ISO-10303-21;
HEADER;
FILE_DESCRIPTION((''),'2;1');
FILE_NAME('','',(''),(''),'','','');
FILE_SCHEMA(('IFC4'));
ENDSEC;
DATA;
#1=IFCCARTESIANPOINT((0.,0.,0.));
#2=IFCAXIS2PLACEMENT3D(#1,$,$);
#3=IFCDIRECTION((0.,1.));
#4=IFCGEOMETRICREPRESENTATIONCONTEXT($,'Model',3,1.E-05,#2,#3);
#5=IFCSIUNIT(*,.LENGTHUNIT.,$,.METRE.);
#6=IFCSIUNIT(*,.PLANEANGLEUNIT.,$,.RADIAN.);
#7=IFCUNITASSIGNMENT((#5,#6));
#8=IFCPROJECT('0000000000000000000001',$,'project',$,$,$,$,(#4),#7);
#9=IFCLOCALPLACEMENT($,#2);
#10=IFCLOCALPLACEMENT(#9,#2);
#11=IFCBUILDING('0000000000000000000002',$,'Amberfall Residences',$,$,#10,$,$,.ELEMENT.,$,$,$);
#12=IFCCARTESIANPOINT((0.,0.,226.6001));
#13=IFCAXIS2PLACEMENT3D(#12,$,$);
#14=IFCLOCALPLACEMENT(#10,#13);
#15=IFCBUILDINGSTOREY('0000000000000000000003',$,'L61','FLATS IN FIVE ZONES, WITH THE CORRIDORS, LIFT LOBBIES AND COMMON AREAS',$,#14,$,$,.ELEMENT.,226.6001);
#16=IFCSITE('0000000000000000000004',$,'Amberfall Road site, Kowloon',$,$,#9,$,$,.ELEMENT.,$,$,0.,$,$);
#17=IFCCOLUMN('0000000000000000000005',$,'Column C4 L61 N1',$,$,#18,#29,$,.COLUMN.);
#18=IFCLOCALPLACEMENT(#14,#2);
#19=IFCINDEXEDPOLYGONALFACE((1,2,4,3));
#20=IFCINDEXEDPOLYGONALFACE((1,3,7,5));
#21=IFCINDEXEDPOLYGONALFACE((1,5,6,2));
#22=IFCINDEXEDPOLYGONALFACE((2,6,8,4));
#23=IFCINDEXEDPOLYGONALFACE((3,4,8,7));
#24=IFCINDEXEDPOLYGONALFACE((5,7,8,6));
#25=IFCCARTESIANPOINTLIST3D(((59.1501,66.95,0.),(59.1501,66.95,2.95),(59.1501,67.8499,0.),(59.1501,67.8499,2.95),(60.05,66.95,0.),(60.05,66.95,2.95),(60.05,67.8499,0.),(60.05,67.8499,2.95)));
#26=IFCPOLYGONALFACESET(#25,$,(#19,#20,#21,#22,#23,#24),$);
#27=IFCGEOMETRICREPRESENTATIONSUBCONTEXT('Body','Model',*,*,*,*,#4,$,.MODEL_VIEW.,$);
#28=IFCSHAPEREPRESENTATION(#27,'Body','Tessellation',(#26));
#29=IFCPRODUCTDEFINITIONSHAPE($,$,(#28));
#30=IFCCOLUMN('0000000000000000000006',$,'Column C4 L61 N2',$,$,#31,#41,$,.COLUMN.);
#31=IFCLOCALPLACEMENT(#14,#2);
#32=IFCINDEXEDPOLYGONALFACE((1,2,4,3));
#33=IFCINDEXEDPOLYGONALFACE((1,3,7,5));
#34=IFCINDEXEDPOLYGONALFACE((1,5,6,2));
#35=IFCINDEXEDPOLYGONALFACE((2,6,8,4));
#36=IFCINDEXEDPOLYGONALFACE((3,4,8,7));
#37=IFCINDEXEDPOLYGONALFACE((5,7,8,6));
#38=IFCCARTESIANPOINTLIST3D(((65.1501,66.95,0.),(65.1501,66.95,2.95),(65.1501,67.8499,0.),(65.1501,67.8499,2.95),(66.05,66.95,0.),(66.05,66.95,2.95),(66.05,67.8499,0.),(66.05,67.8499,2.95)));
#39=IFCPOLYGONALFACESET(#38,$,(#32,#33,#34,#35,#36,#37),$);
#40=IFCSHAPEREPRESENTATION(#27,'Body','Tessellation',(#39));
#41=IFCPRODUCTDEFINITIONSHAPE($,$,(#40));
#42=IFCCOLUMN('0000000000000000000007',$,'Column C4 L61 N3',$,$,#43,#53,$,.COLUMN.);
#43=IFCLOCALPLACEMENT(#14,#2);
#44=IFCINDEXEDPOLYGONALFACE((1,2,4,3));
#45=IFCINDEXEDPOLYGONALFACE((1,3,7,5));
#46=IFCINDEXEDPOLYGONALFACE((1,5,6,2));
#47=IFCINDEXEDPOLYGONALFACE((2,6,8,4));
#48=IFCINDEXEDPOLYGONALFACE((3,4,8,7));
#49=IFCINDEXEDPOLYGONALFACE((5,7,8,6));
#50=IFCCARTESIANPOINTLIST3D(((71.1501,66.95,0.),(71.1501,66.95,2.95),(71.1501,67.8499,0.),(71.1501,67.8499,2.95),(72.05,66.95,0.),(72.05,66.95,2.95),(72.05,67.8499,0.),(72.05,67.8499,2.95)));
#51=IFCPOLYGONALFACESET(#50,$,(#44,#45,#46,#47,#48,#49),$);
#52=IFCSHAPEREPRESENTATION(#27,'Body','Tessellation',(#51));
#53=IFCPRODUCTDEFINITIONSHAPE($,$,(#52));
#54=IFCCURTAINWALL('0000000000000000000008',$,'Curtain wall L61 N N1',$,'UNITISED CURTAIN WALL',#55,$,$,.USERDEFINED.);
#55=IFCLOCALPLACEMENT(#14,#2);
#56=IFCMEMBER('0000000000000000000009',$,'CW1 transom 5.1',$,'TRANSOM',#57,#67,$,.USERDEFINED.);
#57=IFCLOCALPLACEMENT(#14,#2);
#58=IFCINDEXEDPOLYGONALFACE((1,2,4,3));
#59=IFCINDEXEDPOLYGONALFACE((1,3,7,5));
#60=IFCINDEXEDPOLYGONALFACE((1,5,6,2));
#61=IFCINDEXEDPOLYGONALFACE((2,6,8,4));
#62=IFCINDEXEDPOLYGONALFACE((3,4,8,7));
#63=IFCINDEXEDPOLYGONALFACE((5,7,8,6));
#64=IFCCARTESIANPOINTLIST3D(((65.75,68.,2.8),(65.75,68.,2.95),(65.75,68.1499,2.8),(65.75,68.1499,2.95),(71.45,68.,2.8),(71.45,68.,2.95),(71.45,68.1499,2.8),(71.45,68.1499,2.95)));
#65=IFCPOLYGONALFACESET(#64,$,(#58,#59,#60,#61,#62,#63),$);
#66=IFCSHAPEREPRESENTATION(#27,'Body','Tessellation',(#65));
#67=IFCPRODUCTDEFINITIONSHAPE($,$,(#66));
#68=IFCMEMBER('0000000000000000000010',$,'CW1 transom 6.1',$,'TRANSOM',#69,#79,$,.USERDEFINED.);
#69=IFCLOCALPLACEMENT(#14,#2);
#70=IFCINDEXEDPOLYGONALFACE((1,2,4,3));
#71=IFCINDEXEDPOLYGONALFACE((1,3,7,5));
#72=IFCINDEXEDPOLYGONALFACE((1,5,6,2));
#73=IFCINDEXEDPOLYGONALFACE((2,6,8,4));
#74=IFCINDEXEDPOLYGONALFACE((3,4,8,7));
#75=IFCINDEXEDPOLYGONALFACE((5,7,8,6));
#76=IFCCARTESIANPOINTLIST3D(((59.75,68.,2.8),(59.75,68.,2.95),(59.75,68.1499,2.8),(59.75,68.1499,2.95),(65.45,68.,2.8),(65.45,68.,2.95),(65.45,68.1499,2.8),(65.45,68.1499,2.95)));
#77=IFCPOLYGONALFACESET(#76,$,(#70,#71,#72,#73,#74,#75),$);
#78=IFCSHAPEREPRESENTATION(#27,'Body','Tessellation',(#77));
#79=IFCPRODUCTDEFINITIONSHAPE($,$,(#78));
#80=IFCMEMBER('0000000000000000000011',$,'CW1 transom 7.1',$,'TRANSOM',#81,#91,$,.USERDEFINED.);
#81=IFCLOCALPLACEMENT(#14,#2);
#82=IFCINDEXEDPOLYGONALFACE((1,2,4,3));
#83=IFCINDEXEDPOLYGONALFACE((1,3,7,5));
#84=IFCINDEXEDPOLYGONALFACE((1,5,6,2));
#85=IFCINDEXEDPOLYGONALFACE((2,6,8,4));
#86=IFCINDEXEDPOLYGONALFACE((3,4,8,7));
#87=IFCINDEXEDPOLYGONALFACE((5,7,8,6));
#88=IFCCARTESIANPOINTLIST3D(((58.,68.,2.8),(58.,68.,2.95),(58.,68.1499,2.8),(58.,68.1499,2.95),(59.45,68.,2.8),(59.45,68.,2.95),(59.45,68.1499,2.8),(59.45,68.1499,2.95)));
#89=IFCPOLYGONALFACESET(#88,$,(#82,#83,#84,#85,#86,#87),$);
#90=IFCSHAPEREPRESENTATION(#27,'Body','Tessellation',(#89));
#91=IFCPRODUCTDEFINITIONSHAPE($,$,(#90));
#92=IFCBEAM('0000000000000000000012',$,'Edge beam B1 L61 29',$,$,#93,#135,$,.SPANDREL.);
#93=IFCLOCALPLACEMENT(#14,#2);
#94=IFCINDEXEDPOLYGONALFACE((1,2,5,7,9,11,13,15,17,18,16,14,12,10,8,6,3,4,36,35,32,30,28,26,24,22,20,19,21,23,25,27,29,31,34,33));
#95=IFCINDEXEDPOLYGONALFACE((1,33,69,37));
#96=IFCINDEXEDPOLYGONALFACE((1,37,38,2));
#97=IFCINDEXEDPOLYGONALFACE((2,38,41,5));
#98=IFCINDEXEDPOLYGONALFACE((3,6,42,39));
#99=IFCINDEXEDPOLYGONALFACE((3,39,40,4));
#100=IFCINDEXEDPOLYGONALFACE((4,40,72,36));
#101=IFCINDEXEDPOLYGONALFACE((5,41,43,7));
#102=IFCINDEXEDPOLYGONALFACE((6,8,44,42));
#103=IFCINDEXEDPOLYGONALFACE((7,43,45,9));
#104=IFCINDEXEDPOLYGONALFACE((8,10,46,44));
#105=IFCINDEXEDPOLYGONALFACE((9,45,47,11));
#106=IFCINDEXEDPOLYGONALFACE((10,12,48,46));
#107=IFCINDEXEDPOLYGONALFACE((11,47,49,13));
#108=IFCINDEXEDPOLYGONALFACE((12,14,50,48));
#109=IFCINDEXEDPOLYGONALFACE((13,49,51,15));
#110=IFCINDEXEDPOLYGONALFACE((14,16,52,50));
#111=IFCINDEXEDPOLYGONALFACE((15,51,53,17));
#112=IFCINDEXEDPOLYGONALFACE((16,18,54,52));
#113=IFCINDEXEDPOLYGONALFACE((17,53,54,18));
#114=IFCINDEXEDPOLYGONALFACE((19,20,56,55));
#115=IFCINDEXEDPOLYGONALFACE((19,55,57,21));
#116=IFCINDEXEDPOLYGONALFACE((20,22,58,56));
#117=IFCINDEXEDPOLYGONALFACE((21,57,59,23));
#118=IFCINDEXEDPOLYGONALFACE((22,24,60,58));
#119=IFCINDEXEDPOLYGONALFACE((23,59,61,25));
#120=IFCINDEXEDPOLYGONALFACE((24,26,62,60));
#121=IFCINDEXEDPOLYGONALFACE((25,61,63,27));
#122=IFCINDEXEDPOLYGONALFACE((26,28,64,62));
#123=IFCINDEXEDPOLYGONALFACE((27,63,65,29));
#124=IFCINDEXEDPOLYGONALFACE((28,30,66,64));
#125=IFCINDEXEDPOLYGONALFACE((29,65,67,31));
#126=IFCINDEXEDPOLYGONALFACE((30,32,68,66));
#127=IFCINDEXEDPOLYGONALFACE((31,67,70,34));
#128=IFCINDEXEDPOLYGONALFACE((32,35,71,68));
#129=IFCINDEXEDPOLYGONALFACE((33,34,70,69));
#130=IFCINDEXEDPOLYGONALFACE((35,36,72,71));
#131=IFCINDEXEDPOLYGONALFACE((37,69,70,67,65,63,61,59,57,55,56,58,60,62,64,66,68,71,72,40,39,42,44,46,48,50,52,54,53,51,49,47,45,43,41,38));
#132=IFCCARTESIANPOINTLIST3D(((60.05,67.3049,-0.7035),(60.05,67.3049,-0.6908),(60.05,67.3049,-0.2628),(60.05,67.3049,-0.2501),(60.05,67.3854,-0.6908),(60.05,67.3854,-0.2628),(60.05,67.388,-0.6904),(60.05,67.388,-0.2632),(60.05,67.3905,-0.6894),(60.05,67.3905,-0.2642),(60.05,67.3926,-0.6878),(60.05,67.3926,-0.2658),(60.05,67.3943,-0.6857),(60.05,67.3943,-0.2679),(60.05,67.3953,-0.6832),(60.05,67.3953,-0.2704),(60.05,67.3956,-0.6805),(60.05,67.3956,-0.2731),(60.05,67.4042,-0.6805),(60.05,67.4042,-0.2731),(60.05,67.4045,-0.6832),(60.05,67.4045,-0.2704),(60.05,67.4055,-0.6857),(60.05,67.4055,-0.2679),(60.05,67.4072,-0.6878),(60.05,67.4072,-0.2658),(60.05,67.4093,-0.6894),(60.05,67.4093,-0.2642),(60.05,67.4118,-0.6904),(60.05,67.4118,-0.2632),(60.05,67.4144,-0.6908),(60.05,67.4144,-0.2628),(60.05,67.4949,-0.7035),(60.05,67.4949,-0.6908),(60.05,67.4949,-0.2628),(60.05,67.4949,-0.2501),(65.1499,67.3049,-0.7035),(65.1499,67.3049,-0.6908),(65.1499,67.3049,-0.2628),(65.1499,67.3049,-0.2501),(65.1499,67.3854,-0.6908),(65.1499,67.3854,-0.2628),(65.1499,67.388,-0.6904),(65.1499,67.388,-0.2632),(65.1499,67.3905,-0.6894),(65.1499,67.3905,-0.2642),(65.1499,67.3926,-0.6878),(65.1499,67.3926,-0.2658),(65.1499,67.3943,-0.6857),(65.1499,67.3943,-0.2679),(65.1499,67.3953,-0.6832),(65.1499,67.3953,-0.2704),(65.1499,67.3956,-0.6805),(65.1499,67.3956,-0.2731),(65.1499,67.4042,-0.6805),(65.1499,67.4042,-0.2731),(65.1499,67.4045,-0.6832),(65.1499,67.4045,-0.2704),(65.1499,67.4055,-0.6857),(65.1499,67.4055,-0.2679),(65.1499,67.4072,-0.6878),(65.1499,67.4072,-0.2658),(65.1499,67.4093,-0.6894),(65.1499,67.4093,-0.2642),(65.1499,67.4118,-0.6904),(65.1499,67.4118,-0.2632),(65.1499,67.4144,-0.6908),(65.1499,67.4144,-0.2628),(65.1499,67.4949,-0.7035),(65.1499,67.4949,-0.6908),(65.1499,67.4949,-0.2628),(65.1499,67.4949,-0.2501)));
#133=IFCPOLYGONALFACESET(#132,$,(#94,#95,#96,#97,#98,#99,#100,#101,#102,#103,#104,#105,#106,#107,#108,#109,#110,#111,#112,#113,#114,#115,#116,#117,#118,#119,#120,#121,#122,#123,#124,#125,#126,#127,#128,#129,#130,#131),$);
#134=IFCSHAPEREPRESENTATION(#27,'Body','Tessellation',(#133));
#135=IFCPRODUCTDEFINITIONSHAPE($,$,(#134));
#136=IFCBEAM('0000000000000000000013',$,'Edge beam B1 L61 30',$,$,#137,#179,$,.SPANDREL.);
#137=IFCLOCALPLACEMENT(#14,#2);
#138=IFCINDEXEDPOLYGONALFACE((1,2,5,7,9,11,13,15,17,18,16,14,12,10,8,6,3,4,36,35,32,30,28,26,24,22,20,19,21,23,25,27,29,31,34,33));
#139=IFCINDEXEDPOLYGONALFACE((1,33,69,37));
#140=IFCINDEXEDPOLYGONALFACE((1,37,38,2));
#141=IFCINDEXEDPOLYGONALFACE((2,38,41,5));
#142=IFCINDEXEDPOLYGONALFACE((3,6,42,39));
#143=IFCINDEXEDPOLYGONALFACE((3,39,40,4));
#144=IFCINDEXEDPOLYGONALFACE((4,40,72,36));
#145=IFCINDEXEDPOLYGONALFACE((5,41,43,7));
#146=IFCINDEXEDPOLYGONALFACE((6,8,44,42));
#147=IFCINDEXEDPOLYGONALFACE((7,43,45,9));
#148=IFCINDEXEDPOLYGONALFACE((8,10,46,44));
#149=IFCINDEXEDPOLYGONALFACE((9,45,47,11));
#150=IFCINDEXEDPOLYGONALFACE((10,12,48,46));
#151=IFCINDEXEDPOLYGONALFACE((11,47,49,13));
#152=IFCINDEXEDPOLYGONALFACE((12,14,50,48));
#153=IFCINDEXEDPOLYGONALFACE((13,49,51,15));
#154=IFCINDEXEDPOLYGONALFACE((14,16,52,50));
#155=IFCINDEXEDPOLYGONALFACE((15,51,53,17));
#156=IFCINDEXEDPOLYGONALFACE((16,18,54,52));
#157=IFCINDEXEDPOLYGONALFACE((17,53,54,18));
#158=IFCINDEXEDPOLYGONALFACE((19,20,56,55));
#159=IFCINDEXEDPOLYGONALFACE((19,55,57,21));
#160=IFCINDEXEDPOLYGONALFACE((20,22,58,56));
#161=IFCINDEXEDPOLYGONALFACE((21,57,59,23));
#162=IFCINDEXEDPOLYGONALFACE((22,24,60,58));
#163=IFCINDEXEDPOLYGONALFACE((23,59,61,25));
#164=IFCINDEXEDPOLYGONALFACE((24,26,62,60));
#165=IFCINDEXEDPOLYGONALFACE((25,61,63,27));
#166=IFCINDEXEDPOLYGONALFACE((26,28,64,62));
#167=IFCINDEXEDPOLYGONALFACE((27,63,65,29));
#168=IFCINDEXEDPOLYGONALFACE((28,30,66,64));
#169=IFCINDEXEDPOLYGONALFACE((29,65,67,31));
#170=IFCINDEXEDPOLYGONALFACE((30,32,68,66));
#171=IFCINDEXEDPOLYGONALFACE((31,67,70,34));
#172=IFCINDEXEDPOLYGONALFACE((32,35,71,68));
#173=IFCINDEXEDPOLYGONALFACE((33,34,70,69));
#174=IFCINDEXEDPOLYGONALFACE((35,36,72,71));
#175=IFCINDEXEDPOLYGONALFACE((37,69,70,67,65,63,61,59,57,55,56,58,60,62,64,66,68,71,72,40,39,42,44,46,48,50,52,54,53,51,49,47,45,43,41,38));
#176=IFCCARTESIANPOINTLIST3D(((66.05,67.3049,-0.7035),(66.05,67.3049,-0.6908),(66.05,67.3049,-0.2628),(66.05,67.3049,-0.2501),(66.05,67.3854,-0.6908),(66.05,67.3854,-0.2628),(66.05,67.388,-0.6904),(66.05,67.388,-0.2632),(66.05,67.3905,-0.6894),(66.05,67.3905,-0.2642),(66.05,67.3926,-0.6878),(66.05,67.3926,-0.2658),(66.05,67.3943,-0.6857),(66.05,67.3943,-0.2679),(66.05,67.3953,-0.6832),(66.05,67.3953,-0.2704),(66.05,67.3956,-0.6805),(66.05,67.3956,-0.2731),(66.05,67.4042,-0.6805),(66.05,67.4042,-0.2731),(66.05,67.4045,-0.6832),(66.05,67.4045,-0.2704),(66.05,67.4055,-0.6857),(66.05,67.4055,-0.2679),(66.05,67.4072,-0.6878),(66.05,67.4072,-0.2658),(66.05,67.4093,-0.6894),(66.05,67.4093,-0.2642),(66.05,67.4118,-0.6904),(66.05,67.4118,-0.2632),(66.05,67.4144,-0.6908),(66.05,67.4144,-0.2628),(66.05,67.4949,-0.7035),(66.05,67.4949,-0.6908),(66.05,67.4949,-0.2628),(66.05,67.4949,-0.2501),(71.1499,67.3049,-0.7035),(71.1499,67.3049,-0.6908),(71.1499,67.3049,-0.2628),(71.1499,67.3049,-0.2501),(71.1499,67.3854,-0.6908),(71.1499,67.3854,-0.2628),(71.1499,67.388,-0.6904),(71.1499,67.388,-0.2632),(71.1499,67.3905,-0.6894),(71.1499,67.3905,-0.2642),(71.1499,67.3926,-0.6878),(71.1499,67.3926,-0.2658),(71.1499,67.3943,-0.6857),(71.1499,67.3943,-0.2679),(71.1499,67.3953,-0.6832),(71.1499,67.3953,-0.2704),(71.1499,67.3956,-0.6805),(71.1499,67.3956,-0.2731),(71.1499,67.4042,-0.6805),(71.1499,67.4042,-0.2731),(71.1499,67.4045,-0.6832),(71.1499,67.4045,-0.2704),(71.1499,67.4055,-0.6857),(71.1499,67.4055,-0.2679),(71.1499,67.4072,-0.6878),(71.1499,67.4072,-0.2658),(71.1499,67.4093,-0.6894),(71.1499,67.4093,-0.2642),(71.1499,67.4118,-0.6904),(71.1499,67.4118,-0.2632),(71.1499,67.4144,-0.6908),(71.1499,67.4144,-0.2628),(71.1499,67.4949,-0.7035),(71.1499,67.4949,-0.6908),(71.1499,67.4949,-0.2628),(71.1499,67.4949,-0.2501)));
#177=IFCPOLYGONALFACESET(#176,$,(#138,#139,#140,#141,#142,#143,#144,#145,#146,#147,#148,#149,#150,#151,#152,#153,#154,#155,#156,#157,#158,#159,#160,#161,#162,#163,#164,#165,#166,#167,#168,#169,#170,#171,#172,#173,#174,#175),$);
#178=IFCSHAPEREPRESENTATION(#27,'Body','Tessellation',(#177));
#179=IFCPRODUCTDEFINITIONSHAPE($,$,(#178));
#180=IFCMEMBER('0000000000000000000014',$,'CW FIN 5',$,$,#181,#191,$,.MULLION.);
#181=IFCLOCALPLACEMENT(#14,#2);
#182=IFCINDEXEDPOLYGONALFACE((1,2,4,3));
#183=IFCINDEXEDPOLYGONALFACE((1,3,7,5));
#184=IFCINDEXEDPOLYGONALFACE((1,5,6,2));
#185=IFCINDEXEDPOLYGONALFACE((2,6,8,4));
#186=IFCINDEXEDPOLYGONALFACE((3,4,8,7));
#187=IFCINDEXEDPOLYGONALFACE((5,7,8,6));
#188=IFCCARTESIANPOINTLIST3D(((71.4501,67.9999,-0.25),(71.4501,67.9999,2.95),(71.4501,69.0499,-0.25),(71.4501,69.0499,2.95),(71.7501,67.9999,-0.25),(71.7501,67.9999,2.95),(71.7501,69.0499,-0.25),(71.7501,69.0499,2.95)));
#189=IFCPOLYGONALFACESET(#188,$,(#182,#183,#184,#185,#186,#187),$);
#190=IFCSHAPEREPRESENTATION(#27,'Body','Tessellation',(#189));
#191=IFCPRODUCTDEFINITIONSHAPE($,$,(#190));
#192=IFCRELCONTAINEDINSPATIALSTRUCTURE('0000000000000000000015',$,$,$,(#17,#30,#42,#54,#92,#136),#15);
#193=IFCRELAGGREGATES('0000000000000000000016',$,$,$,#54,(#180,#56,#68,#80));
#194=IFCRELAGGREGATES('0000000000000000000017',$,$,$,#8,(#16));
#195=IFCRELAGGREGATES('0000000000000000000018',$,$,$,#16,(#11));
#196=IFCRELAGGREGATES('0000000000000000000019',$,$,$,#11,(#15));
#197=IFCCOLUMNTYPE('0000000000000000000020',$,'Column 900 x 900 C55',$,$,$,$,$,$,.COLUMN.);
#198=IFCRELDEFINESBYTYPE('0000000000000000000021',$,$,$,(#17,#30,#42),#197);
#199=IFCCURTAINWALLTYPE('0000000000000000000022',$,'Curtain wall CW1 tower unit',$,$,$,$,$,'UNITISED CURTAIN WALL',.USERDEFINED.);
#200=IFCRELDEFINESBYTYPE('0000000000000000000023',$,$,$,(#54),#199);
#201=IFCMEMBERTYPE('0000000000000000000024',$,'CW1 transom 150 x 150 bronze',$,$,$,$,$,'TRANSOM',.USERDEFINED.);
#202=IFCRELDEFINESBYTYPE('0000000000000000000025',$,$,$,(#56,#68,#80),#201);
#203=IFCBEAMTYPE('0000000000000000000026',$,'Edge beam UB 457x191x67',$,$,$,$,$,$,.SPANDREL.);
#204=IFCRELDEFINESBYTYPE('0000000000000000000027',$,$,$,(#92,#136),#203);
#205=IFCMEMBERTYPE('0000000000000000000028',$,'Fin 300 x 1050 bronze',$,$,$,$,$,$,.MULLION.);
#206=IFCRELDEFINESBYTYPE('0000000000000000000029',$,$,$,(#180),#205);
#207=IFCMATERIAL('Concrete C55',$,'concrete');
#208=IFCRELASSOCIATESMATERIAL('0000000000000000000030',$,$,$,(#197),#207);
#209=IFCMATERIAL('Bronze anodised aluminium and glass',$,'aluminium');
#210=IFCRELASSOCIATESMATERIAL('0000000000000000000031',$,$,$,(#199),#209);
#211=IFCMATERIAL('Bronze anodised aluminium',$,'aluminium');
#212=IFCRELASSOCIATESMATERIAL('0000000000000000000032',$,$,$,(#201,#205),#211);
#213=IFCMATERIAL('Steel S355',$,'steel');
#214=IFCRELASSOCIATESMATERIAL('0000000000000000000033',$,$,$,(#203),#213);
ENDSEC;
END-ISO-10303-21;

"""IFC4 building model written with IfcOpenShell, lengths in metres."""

from ifc_helpers import new_model, si_unit, direction, frame, origin, origin_2d, place, context, subcontext, project, spatial, rectangle, i_section, extrude, material, material_profile, profile_set, type_object, element, aggregate, save


model = new_model("IFC4")

# Units and contexts
model_context = context("Model", 3, precision=1e-05, world=origin(), true_north=direction((0.0, 1.0)))
body_context = subcontext(model_context, "Body", "Model", "MODEL_VIEW")
ifc_project = project(units=[si_unit("LENGTHUNIT", "METRE"), si_unit("PLANEANGLEUNIT", "RADIAN")], contexts=[model_context])

# Site, building, storey
site_placement = place(None, origin())
site = spatial("IfcSite", under=ifc_project, at=site_placement, Name="Amberfall Road site, Kowloon", CompositionType="ELEMENT", RefElevation=0.0)
building_placement = place(site_placement, origin())
building = spatial("IfcBuilding", under=site, at=building_placement, Name="Amberfall Residences", CompositionType="ELEMENT")
storey_placement = place(building_placement, frame((0.0, 0.0, 226.6001)))
storey = spatial("IfcBuildingStorey", under=building, at=storey_placement, Name="L61", Description="FLATS IN FIVE ZONES, WITH THE CORRIDORS, LIFT LOBBIES AND COMMON AREAS", CompositionType="ELEMENT", Elevation=226.6001)

# Columns
ifc_material_1 = material(Name="Concrete C55", Category="concrete")
ifc_material_profile_1 = material_profile(ifc_material_1, rectangle(XDim=0.8999, YDim=0.8999, at=origin_2d()), Name="Column 900 x 900 C55")
ifc_profile_set_1 = profile_set([ifc_material_profile_1], Name="Concrete C55")
column_type = type_object("IfcColumnType", Name="Column 900 x 900 C55", PredefinedType="COLUMN", material=ifc_profile_set_1)
for number, where, z_axis, x_axis, name in (
    (1, (59.6001, 67.3999, 0.0), (0.0, 0.0, 1.0), (1.0, 0.0, 0.0), "Column C4 L61 N1"),
    (2, (65.6001, 67.3999, 0.0), (0.0, 0.0, 1.0), (1.0, 0.0, 0.0), "Column C4 L61 N2"),
    (3, (71.6001, 67.3999, 0.0), (0.0, 0.0, 1.0), (1.0, 0.0, 0.0), "Column C4 L61 N3"),
):
    element("IfcColumn", number, at=place(storey_placement, frame(where, z_axis=z_axis, x_axis=x_axis)), inside=storey, type_object=column_type, Name=name, PredefinedType="COLUMN", context=body_context, shape_type="SweptSolid", body=[
        extrude(rectangle(XDim=0.8999, YDim=0.8999, at=origin_2d()), origin(), (0.0, 0.0, 1.0), 2.95),
    ])

# Curtain wall, members
ifc_material_2 = material(Name="Bronze anodised aluminium and glass", Category="aluminium")
curtain_wall_type = type_object("IfcCurtainWallType", Name="Curtain wall CW1 tower unit", ElementType="UNITISED CURTAIN WALL", PredefinedType="USERDEFINED", material=ifc_material_2)
curtain_wall_placement = place(storey_placement, origin())
curtain_wall = element("IfcCurtainWall", 4, at=curtain_wall_placement, inside=storey, type_object=curtain_wall_type, Name="Curtain wall L61 N N1", ObjectType="UNITISED CURTAIN WALL", PredefinedType="USERDEFINED")
ifc_material_3 = material(Name="Bronze anodised aluminium", Category="aluminium")
ifc_material_profile_2 = material_profile(ifc_material_3, rectangle(XDim=0.1499, YDim=0.1499, at=origin_2d()), Name="CW1 transom 150 x 150 bronze")
ifc_profile_set_2 = profile_set([ifc_material_profile_2], Name="Bronze anodised aluminium")
member_type_1 = type_object("IfcMemberType", Name="CW1 transom 150 x 150 bronze", ElementType="TRANSOM", PredefinedType="USERDEFINED", material=ifc_profile_set_2)
member_1_placement = place(storey_placement, frame((71.45, 68.075, 2.875), z_axis=(-1.0, 0.0, 0.0), x_axis=(0.0, -1.0, 0.0)))
member_1 = element("IfcMember", 5, at=member_1_placement, type_object=member_type_1, Name="CW1 transom 5.1", ObjectType="TRANSOM", PredefinedType="USERDEFINED", context=body_context, shape_type="SweptSolid", body=[
    extrude(rectangle(XDim=0.1499, YDim=0.1499, at=origin_2d()), origin(), (0.0, 0.0, 1.0), 5.7),
])
member_2_placement = place(storey_placement, frame((65.45, 68.075, 2.875), z_axis=(-1.0, 0.0, 0.0), x_axis=(0.0, -1.0, 0.0)))
member_2 = element("IfcMember", 6, at=member_2_placement, type_object=member_type_1, Name="CW1 transom 6.1", ObjectType="TRANSOM", PredefinedType="USERDEFINED", context=body_context, shape_type="SweptSolid", body=[
    extrude(rectangle(XDim=0.1499, YDim=0.1499, at=origin_2d()), origin(), (0.0, 0.0, 1.0), 5.7),
])
member_3_placement = place(storey_placement, frame((59.45, 68.075, 2.875), z_axis=(-1.0, 0.0, 0.0), x_axis=(0.0, -1.0, 0.0)))
member_3 = element("IfcMember", 7, at=member_3_placement, type_object=member_type_1, Name="CW1 transom 7.1", ObjectType="TRANSOM", PredefinedType="USERDEFINED", context=body_context, shape_type="SweptSolid", body=[
    extrude(rectangle(XDim=0.1499, YDim=0.1499, at=origin_2d()), origin(), (0.0, 0.0, 1.0), 1.45),
])

# Beams
ifc_material_4 = material(Name="Steel S355", Category="steel")
ifc_material_profile_3 = material_profile(ifc_material_4, i_section(OverallWidth=0.1899, OverallDepth=0.4534, WebThickness=0.0085, FlangeThickness=0.0127, FilletRadius=0.0103, at=origin_2d()), Name="UB 457x191x67")
ifc_profile_set_3 = profile_set([ifc_material_profile_3], Name="Steel S355")
beam_type_1 = type_object("IfcBeamType", Name="Edge beam UB 457x191x67", PredefinedType="SPANDREL", material=ifc_profile_set_3)
for number, where, z_axis, x_axis, name in (
    (8, (60.05, 67.3999, -0.4768), (1.0, 0.0, 0.0), (0.0, 1.0, 0.0), "Edge beam B1 L61 29"),
    (9, (66.05, 67.3999, -0.4768), (1.0, 0.0, 0.0), (0.0, 1.0, 0.0), "Edge beam B1 L61 30"),
):
    element("IfcBeam", number, at=place(storey_placement, frame(where, z_axis=z_axis, x_axis=x_axis)), inside=storey, type_object=beam_type_1, Name=name, PredefinedType="SPANDREL", context=body_context, shape_type="SweptSolid", body=[
        extrude(i_section(OverallWidth=0.1899, OverallDepth=0.4534, WebThickness=0.0085, FlangeThickness=0.0127, FilletRadius=0.0103, at=origin_2d()), origin(), (0.0, 0.0, 1.0), 5.0999),
    ])

# Member
ifc_material_profile_4 = material_profile(ifc_material_3, rectangle(XDim=1.05, YDim=0.3, at=origin_2d()), Name="Fin 300 x 1050 bronze")
ifc_profile_set_4 = profile_set([ifc_material_profile_4], Name="Bronze anodised aluminium")
member_type_2 = type_object("IfcMemberType", Name="Fin 300 x 1050 bronze", PredefinedType="MULLION", material=ifc_profile_set_4)
member_4_placement = place(storey_placement, frame((71.6001, 68.5249, -0.25), z_axis=(0.0, 0.0, 1.0), x_axis=(0.0, -1.0, 0.0)))
member_4 = element("IfcMember", 10, at=member_4_placement, type_object=member_type_2, Name="CW FIN 5", PredefinedType="MULLION", context=body_context, shape_type="SweptSolid", body=[
    extrude(rectangle(XDim=1.05, YDim=0.3, at=origin_2d()), origin(), (0.0, 0.0, 1.0), 3.2),
])

aggregate(curtain_wall, [member_4, member_1, member_2, member_3])

save(model, "model.ifc")
